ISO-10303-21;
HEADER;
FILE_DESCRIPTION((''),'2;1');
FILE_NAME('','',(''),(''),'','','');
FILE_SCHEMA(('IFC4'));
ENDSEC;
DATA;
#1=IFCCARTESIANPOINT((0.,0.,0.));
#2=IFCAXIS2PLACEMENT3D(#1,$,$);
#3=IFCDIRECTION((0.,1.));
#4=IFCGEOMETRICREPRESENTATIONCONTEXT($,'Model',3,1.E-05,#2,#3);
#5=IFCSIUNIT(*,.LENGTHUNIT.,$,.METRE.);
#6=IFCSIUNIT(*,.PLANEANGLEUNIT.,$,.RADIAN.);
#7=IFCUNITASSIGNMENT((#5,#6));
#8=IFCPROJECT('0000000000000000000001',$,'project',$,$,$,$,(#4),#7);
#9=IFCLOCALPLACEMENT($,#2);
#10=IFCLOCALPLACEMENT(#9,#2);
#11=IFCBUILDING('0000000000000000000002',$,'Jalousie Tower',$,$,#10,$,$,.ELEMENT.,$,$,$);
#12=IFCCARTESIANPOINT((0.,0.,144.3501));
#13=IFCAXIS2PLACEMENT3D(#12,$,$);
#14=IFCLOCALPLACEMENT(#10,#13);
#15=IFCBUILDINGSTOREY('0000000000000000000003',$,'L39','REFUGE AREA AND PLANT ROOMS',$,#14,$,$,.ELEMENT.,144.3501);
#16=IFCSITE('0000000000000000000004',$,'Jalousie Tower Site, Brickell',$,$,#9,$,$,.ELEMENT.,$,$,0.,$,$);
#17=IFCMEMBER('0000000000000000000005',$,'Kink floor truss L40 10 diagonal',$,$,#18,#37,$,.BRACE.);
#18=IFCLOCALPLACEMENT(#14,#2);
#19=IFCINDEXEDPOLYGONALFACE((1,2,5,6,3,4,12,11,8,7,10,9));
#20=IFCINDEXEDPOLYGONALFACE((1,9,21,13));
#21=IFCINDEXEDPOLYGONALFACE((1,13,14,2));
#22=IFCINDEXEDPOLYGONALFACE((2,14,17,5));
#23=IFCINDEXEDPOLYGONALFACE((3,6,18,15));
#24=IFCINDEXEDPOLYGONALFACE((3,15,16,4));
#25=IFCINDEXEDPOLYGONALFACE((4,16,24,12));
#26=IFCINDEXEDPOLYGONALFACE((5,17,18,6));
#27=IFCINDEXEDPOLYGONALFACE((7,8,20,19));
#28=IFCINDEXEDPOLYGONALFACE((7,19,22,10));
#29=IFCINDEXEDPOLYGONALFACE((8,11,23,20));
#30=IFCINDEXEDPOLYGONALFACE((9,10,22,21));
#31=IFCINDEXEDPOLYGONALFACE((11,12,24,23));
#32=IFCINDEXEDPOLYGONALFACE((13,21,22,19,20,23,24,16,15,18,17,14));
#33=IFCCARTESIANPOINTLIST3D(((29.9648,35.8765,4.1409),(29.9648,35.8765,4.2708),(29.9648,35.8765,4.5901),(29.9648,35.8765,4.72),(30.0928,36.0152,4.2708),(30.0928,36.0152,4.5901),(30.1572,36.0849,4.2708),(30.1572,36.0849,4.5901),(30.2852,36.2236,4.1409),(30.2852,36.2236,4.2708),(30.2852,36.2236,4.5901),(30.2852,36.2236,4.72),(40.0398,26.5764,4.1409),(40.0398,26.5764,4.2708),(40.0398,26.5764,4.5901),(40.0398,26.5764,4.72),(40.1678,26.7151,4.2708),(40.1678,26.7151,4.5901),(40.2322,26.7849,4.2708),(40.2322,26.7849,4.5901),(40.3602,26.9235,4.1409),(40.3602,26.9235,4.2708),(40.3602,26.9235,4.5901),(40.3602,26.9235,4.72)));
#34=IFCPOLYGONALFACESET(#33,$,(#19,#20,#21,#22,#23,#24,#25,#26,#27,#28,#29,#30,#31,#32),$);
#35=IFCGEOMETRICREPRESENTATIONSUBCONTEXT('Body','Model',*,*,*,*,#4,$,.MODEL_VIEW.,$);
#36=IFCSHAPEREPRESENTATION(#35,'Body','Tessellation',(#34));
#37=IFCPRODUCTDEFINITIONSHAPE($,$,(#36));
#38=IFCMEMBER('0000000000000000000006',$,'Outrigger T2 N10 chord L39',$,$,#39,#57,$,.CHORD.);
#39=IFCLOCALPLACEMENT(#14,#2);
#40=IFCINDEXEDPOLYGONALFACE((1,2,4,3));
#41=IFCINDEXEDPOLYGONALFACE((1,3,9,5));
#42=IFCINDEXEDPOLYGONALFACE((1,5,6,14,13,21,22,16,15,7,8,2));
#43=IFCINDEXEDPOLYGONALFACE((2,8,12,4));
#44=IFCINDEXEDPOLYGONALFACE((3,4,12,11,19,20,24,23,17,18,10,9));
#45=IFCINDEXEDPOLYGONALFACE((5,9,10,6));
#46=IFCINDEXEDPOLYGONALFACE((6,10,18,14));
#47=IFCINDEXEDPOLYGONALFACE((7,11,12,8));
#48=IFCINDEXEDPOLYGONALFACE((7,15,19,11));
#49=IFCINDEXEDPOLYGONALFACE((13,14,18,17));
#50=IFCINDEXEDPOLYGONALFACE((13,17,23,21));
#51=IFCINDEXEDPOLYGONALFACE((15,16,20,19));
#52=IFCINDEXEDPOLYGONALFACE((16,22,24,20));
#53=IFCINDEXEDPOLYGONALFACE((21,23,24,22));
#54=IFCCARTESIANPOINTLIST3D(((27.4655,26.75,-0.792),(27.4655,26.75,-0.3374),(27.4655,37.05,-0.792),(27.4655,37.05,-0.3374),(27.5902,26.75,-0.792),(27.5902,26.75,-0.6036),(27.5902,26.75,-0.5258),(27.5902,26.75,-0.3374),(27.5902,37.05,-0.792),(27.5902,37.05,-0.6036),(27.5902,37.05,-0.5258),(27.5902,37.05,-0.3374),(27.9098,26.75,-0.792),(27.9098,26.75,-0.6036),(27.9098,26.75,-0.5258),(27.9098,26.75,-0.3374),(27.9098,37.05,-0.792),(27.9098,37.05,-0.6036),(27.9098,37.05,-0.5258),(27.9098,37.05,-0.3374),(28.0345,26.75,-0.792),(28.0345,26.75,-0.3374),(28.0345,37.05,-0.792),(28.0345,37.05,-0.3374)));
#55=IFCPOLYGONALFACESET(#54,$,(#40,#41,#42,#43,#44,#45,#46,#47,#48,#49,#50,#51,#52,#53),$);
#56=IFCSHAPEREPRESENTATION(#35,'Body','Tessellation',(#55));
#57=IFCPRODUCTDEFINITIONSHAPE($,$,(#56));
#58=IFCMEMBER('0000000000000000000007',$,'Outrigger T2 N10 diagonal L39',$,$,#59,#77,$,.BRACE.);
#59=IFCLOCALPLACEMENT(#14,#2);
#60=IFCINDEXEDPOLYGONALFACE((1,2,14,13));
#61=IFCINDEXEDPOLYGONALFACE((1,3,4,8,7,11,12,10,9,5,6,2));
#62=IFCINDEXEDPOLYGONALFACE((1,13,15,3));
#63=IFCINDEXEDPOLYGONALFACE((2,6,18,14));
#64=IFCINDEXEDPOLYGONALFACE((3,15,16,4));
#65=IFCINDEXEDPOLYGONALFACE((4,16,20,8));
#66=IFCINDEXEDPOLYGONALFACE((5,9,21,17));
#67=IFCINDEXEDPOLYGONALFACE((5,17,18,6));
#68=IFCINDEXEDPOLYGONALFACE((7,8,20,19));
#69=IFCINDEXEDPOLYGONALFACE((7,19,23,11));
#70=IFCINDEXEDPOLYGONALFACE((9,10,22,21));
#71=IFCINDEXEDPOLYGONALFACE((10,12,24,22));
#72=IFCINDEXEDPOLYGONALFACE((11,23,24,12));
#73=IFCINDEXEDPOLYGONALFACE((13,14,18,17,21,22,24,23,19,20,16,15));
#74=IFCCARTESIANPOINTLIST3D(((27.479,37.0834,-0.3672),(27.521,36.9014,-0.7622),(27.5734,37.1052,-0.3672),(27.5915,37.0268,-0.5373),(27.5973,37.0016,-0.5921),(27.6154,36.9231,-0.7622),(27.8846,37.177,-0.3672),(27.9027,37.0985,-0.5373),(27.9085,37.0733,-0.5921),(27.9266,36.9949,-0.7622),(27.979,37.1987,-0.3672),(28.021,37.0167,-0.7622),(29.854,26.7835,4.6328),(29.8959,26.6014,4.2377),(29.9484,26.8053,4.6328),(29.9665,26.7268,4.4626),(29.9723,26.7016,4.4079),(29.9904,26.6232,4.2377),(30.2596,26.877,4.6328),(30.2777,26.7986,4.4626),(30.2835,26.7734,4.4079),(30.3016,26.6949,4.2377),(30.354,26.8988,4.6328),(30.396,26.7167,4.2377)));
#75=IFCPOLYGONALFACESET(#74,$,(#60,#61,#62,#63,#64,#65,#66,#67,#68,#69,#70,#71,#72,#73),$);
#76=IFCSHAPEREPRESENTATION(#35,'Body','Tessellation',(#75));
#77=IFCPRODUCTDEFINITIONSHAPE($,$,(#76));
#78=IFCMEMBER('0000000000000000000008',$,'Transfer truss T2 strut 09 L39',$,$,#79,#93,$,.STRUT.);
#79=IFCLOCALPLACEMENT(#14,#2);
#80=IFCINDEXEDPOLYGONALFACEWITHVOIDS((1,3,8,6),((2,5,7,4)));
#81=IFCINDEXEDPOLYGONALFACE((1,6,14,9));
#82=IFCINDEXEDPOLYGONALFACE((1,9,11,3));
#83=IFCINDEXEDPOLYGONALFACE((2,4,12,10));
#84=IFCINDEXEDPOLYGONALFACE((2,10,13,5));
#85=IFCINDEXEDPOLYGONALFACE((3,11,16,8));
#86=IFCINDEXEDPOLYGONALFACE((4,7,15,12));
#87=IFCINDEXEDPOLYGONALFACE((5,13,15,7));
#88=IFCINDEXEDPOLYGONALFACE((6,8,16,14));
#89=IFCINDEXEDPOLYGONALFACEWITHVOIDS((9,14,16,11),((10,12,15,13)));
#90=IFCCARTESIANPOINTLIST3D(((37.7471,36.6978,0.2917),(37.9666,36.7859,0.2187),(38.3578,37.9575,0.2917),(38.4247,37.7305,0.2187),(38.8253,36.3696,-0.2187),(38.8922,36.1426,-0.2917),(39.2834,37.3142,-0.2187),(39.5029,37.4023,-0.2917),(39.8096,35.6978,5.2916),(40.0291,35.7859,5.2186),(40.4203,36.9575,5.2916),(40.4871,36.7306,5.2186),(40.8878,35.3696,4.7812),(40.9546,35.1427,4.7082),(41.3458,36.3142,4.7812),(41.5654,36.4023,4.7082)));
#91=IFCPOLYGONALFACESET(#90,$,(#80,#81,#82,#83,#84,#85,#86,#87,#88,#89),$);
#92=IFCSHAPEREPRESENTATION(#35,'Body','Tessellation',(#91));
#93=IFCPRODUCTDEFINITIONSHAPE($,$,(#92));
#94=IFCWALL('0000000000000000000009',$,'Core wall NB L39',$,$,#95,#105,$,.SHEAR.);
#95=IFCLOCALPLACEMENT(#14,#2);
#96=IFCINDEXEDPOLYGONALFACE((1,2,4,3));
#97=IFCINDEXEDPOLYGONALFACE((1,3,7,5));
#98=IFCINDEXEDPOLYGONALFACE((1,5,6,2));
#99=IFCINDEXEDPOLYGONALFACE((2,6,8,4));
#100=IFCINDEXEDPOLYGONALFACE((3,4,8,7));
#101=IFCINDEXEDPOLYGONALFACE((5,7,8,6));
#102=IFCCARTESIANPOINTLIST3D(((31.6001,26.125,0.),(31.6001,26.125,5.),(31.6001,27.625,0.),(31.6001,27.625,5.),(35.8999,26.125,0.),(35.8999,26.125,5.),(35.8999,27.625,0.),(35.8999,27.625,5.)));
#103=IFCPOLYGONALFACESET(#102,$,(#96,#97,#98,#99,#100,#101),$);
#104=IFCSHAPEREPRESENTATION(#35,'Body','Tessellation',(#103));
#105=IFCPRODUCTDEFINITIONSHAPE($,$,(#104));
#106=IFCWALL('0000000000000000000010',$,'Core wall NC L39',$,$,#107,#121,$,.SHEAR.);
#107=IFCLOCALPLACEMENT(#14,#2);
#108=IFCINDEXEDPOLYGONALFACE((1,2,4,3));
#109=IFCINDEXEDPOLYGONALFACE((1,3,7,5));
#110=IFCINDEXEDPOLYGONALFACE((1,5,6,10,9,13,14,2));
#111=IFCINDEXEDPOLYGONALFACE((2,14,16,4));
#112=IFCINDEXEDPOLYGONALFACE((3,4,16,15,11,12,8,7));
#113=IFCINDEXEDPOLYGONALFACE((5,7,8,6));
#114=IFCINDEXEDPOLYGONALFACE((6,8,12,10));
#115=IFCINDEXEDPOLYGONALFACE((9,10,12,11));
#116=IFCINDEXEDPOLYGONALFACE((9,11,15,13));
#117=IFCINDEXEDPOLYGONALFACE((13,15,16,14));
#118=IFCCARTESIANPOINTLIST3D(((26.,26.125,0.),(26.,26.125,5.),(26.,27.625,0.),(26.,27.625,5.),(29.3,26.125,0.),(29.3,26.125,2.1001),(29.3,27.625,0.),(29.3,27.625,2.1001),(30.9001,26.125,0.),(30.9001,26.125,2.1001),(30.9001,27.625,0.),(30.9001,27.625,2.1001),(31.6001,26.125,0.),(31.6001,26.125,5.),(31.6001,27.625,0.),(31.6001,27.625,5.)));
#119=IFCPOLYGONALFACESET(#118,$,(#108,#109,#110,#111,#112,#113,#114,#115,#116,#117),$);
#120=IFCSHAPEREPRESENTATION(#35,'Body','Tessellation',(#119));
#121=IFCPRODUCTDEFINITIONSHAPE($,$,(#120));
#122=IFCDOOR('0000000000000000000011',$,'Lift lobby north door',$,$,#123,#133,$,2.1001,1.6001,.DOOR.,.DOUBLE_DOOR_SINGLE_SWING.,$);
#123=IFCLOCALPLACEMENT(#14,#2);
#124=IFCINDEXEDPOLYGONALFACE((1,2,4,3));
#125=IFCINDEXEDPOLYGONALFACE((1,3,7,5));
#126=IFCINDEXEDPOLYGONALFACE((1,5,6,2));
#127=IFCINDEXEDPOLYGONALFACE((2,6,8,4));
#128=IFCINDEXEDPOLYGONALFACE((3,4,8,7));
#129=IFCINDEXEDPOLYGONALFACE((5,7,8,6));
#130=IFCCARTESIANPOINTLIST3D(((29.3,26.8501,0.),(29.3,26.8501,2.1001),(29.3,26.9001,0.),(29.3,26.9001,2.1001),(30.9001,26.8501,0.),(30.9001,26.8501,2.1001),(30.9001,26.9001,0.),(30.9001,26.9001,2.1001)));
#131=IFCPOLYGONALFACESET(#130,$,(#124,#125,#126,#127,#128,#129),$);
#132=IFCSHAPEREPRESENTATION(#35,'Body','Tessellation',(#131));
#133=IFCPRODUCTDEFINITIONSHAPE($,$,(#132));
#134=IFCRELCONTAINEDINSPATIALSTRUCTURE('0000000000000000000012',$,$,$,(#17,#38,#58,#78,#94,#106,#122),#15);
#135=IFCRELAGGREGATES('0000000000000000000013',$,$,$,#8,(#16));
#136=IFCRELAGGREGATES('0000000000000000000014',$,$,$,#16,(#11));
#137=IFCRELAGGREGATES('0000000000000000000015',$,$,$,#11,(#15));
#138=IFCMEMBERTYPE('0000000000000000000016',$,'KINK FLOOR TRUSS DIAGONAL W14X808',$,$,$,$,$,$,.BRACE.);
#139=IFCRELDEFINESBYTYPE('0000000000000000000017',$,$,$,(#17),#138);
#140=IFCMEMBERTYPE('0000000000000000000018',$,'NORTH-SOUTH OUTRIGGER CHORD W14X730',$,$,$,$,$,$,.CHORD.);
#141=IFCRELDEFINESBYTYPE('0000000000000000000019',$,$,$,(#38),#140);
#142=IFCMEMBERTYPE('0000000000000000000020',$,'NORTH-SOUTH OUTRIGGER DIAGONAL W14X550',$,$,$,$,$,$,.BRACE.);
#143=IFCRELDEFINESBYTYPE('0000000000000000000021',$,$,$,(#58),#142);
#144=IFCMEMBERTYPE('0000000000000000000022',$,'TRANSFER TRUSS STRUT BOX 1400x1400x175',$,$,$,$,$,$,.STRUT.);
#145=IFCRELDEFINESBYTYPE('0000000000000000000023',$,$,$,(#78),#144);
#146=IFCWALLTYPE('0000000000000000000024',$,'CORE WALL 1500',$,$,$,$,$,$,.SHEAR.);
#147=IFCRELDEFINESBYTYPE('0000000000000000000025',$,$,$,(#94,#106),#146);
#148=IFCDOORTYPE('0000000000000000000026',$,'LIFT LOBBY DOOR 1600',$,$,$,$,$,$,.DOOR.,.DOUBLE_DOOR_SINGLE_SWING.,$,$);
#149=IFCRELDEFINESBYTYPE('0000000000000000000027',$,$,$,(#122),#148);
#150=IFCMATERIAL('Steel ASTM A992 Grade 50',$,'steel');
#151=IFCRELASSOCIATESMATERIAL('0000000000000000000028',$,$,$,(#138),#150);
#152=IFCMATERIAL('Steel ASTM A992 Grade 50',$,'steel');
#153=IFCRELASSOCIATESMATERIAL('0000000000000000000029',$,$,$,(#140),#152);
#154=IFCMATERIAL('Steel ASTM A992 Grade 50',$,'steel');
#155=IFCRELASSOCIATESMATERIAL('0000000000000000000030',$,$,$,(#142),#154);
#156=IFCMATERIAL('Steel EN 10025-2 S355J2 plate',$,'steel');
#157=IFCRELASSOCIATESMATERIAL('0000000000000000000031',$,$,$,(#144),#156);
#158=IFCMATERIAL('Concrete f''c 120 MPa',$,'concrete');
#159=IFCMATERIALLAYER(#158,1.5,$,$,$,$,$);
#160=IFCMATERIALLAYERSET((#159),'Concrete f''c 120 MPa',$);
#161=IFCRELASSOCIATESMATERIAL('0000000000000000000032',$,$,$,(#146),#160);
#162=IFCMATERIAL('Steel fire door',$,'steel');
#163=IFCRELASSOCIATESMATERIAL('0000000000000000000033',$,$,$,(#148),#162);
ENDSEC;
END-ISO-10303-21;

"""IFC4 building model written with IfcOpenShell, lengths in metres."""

from ifc_helpers import new_model, si_unit, direction, frame, frame_2d, origin, origin_2d, place, context, subcontext, project, spatial, rectangle, hollow_rectangle, i_section, extrude, material, layer, layer_set, material_profile, profile_set, type_object, element, fill, save


model = new_model("IFC4")

# Units and contexts
model_context = context("Model", 3, precision=1e-05, world=origin(), true_north=direction((0.0, 1.0)))
body_context = subcontext(model_context, "Body", "Model", "MODEL_VIEW")
ifc_project = project(units=[si_unit("LENGTHUNIT", "METRE"), si_unit("PLANEANGLEUNIT", "RADIAN")], contexts=[model_context])

# Site, building, storey
site_placement = place(None, origin())
site = spatial("IfcSite", under=ifc_project, at=site_placement, Name="Jalousie Tower Site, Brickell", CompositionType="ELEMENT", RefElevation=0.0)
building_placement = place(site_placement, origin())
building = spatial("IfcBuilding", under=site, at=building_placement, Name="Jalousie Tower", CompositionType="ELEMENT")
storey_placement = place(building_placement, frame((0.0, 0.0, 144.3501)))
storey = spatial("IfcBuildingStorey", under=building, at=storey_placement, Name="L39", Description="REFUGE AREA AND PLANT ROOMS", CompositionType="ELEMENT", Elevation=144.3501)

# Members
ifc_material_1 = material(Name="Steel ASTM A992 Grade 50", Category="steel")
ifc_material_profile_1 = material_profile(ifc_material_1, i_section(OverallWidth=0.4724, OverallDepth=0.5791, WebThickness=0.095, FlangeThickness=0.1299, at=origin_2d()), Name="W14X808")
ifc_profile_set_1 = profile_set([ifc_material_profile_1], Name="Steel ASTM A992 Grade 50")
member_type_1 = type_object("IfcMemberType", Name="KINK FLOOR TRUSS DIAGONAL W14X808", PredefinedType="BRACE", material=ifc_profile_set_1)
member_1_placement = place(storey_placement, frame((30.125, 36.05, 4.4304), z_axis=(0.7348, -0.678284, 0.0), x_axis=(0.678284, 0.7348, 0.0)))
element("IfcMember", 1, at=member_1_placement, inside=storey, type_object=member_type_1, Name="Kink floor truss L40 10 diagonal", PredefinedType="BRACE", context=body_context, shape_type="SweptSolid", body=[
    extrude(i_section(OverallWidth=0.4724, OverallDepth=0.5791, WebThickness=0.095, FlangeThickness=0.1299, at=origin_2d()), origin(), (0.0, 0.0, 1.0), 13.7112),
])
ifc_material_2 = material(Name="Steel ASTM A992 Grade 50", Category="steel")
ifc_material_profile_2 = material_profile(ifc_material_2, i_section(OverallWidth=0.4546, OverallDepth=0.5691, WebThickness=0.0779, FlangeThickness=0.1248, at=origin_2d()), Name="W14X730")
ifc_profile_set_2 = profile_set([ifc_material_profile_2], Name="Steel ASTM A992 Grade 50")
member_type_2 = type_object("IfcMemberType", Name="NORTH-SOUTH OUTRIGGER CHORD W14X730", PredefinedType="CHORD", material=ifc_profile_set_2)
member_2_placement = place(storey_placement, frame((27.75, 37.05, -0.5647), z_axis=(0.0, -1.0, 0.0), x_axis=(0.0, 0.0, 1.0)))
element("IfcMember", 2, at=member_2_placement, inside=storey, type_object=member_type_2, Name="Outrigger T2 N10 chord L39", PredefinedType="CHORD", context=body_context, shape_type="SweptSolid", body=[
    extrude(i_section(OverallWidth=0.4546, OverallDepth=0.5691, WebThickness=0.0779, FlangeThickness=0.1248, at=origin_2d()), origin(), (0.0, 0.0, 1.0), 10.3),
])
ifc_material_3 = material(Name="Steel ASTM A992 Grade 50", Category="steel")
ifc_material_profile_3 = material_profile(ifc_material_3, i_section(OverallWidth=0.437, OverallDepth=0.5132, WebThickness=0.0605, FlangeThickness=0.0969, at=origin_2d()), Name="W14X550")
ifc_profile_set_3 = profile_set([ifc_material_profile_3], Name="Steel ASTM A992 Grade 50")
member_type_3 = type_object("IfcMemberType", Name="NORTH-SOUTH OUTRIGGER DIAGONAL W14X550", PredefinedType="BRACE", material=ifc_profile_set_3)
member_3_placement = place(storey_placement, frame((27.75, 37.05, -0.5647), z_axis=(0.203109, -0.880856, 0.427598), x_axis=(-0.096075, 0.416665, 0.903969)))
element("IfcMember", 3, at=member_3_placement, inside=storey, type_object=member_type_3, Name="Outrigger T2 N10 diagonal L39", PredefinedType="BRACE", context=body_context, shape_type="SweptSolid", body=[
    extrude(i_section(OverallWidth=0.437, OverallDepth=0.5132, WebThickness=0.0605, FlangeThickness=0.0969, at=origin_2d()), origin(), (0.0, 0.0, 1.0), 11.6931),
])
ifc_material_4 = material(Name="Steel EN 10025-2 S355J2 plate", Category="steel")
ifc_material_profile_4 = material_profile(ifc_material_4, hollow_rectangle(XDim=1.3999, YDim=1.3999, WallThickness=0.175, at=origin_2d()), Name="BOX 1400x1400x175")
ifc_profile_set_4 = profile_set([ifc_material_profile_4], Name="Steel EN 10025-2 S355J2 plate")
member_type_4 = type_object("IfcMemberType", Name="TRANSFER TRUSS STRUT BOX 1400x1400x175", PredefinedType="STRUT", material=ifc_profile_set_4)
member_4_placement = place(storey_placement, frame((38.625, 37.05, 0.0), z_axis=(0.374976, -0.181806, 0.909032), x_axis=(0.436274, 0.899814, 0.0)))
element("IfcMember", 4, at=member_4_placement, inside=storey, type_object=member_type_4, Name="Transfer truss T2 strut 09 L39", PredefinedType="STRUT", context=body_context, shape_type="SweptSolid", body=[
    extrude(hollow_rectangle(XDim=1.3999, YDim=1.3999, WallThickness=0.175, at=origin_2d()), origin(), (0.0, 0.0, 1.0), 5.5002),
])

# Wall
ifc_material_5 = material(Name="Concrete f'c 120 MPa", Category="concrete")
ifc_layer = layer(ifc_material_5, 1.5)
ifc_layer_set = layer_set([ifc_layer], Name="Concrete f'c 120 MPa")
wall_type = type_object("IfcWallType", Name="CORE WALL 1500", PredefinedType="SHEAR", material=ifc_layer_set)
wall_1_placement = place(storey_placement, frame((35.8999, 26.875, 0.0), z_axis=(0.0, 0.0, 1.0), x_axis=(-1.0, 0.0, 0.0)))
element("IfcWall", 5, at=wall_1_placement, inside=storey, type_object=wall_type, Name="Core wall NB L39", PredefinedType="SHEAR", context=body_context, shape_type="SweptSolid", body=[
    extrude(rectangle(XDim=4.2998, YDim=1.5, at=frame_2d((2.1499, 0.0))), origin(), (0.0, 0.0, 1.0), 5.0),
])

# Wall, opening, door
wall_2_placement = place(storey_placement, frame((31.6001, 26.875, 0.0), z_axis=(0.0, 0.0, 1.0), x_axis=(-1.0, 0.0, 0.0)))
wall_2 = element("IfcWall", 6, at=wall_2_placement, inside=storey, type_object=wall_type, Name="Core wall NC L39", PredefinedType="SHEAR", context=body_context, shape_type="SweptSolid", body=[
    extrude(rectangle(XDim=5.6001, YDim=1.5, at=frame_2d((2.8, 0.0))), origin(), (0.0, 0.0, 1.0), 5.0),
])
opening_placement = place(wall_2_placement, frame((0.7, 0.0, 0.0)))
opening = element("IfcOpeningElement", 7, at=opening_placement, cuts=wall_2, PredefinedType="OPENING", context=body_context, shape_type="SweptSolid", body=[
    extrude(rectangle(XDim=1.6001, YDim=2.1001, at=frame_2d((0.8, 1.05))), frame((0.0, 0.76, 0.0), z_axis=(0.0, -1.0, 0.0), x_axis=(1.0, 0.0, 0.0)), (0.0, 0.0, 1.0), 1.52),
])
ifc_material_6 = material(Name="Steel fire door", Category="steel")
door_type = type_object("IfcDoorType", Name="LIFT LOBBY DOOR 1600", OperationType="DOUBLE_DOOR_SINGLE_SWING", PredefinedType="DOOR", material=ifc_material_6)
door_placement = place(opening_placement, origin())
door = element("IfcDoor", 8, at=door_placement, inside=storey, type_object=door_type, Name="Lift lobby north door", OperationType="DOUBLE_DOOR_SINGLE_SWING", OverallHeight=2.1001, OverallWidth=1.6001, PredefinedType="DOOR", context=body_context, shape_type="SweptSolid", body=[
    extrude(rectangle(XDim=1.6001, YDim=2.1001, at=frame_2d((0.8, 1.05))), frame((0.0, 0.0249, 0.0), z_axis=(0.0, -1.0, 0.0), x_axis=(1.0, 0.0, 0.0)), (0.0, 0.0, 1.0), 0.05),
])
fill(opening, door)

save(model, "model.ifc")
